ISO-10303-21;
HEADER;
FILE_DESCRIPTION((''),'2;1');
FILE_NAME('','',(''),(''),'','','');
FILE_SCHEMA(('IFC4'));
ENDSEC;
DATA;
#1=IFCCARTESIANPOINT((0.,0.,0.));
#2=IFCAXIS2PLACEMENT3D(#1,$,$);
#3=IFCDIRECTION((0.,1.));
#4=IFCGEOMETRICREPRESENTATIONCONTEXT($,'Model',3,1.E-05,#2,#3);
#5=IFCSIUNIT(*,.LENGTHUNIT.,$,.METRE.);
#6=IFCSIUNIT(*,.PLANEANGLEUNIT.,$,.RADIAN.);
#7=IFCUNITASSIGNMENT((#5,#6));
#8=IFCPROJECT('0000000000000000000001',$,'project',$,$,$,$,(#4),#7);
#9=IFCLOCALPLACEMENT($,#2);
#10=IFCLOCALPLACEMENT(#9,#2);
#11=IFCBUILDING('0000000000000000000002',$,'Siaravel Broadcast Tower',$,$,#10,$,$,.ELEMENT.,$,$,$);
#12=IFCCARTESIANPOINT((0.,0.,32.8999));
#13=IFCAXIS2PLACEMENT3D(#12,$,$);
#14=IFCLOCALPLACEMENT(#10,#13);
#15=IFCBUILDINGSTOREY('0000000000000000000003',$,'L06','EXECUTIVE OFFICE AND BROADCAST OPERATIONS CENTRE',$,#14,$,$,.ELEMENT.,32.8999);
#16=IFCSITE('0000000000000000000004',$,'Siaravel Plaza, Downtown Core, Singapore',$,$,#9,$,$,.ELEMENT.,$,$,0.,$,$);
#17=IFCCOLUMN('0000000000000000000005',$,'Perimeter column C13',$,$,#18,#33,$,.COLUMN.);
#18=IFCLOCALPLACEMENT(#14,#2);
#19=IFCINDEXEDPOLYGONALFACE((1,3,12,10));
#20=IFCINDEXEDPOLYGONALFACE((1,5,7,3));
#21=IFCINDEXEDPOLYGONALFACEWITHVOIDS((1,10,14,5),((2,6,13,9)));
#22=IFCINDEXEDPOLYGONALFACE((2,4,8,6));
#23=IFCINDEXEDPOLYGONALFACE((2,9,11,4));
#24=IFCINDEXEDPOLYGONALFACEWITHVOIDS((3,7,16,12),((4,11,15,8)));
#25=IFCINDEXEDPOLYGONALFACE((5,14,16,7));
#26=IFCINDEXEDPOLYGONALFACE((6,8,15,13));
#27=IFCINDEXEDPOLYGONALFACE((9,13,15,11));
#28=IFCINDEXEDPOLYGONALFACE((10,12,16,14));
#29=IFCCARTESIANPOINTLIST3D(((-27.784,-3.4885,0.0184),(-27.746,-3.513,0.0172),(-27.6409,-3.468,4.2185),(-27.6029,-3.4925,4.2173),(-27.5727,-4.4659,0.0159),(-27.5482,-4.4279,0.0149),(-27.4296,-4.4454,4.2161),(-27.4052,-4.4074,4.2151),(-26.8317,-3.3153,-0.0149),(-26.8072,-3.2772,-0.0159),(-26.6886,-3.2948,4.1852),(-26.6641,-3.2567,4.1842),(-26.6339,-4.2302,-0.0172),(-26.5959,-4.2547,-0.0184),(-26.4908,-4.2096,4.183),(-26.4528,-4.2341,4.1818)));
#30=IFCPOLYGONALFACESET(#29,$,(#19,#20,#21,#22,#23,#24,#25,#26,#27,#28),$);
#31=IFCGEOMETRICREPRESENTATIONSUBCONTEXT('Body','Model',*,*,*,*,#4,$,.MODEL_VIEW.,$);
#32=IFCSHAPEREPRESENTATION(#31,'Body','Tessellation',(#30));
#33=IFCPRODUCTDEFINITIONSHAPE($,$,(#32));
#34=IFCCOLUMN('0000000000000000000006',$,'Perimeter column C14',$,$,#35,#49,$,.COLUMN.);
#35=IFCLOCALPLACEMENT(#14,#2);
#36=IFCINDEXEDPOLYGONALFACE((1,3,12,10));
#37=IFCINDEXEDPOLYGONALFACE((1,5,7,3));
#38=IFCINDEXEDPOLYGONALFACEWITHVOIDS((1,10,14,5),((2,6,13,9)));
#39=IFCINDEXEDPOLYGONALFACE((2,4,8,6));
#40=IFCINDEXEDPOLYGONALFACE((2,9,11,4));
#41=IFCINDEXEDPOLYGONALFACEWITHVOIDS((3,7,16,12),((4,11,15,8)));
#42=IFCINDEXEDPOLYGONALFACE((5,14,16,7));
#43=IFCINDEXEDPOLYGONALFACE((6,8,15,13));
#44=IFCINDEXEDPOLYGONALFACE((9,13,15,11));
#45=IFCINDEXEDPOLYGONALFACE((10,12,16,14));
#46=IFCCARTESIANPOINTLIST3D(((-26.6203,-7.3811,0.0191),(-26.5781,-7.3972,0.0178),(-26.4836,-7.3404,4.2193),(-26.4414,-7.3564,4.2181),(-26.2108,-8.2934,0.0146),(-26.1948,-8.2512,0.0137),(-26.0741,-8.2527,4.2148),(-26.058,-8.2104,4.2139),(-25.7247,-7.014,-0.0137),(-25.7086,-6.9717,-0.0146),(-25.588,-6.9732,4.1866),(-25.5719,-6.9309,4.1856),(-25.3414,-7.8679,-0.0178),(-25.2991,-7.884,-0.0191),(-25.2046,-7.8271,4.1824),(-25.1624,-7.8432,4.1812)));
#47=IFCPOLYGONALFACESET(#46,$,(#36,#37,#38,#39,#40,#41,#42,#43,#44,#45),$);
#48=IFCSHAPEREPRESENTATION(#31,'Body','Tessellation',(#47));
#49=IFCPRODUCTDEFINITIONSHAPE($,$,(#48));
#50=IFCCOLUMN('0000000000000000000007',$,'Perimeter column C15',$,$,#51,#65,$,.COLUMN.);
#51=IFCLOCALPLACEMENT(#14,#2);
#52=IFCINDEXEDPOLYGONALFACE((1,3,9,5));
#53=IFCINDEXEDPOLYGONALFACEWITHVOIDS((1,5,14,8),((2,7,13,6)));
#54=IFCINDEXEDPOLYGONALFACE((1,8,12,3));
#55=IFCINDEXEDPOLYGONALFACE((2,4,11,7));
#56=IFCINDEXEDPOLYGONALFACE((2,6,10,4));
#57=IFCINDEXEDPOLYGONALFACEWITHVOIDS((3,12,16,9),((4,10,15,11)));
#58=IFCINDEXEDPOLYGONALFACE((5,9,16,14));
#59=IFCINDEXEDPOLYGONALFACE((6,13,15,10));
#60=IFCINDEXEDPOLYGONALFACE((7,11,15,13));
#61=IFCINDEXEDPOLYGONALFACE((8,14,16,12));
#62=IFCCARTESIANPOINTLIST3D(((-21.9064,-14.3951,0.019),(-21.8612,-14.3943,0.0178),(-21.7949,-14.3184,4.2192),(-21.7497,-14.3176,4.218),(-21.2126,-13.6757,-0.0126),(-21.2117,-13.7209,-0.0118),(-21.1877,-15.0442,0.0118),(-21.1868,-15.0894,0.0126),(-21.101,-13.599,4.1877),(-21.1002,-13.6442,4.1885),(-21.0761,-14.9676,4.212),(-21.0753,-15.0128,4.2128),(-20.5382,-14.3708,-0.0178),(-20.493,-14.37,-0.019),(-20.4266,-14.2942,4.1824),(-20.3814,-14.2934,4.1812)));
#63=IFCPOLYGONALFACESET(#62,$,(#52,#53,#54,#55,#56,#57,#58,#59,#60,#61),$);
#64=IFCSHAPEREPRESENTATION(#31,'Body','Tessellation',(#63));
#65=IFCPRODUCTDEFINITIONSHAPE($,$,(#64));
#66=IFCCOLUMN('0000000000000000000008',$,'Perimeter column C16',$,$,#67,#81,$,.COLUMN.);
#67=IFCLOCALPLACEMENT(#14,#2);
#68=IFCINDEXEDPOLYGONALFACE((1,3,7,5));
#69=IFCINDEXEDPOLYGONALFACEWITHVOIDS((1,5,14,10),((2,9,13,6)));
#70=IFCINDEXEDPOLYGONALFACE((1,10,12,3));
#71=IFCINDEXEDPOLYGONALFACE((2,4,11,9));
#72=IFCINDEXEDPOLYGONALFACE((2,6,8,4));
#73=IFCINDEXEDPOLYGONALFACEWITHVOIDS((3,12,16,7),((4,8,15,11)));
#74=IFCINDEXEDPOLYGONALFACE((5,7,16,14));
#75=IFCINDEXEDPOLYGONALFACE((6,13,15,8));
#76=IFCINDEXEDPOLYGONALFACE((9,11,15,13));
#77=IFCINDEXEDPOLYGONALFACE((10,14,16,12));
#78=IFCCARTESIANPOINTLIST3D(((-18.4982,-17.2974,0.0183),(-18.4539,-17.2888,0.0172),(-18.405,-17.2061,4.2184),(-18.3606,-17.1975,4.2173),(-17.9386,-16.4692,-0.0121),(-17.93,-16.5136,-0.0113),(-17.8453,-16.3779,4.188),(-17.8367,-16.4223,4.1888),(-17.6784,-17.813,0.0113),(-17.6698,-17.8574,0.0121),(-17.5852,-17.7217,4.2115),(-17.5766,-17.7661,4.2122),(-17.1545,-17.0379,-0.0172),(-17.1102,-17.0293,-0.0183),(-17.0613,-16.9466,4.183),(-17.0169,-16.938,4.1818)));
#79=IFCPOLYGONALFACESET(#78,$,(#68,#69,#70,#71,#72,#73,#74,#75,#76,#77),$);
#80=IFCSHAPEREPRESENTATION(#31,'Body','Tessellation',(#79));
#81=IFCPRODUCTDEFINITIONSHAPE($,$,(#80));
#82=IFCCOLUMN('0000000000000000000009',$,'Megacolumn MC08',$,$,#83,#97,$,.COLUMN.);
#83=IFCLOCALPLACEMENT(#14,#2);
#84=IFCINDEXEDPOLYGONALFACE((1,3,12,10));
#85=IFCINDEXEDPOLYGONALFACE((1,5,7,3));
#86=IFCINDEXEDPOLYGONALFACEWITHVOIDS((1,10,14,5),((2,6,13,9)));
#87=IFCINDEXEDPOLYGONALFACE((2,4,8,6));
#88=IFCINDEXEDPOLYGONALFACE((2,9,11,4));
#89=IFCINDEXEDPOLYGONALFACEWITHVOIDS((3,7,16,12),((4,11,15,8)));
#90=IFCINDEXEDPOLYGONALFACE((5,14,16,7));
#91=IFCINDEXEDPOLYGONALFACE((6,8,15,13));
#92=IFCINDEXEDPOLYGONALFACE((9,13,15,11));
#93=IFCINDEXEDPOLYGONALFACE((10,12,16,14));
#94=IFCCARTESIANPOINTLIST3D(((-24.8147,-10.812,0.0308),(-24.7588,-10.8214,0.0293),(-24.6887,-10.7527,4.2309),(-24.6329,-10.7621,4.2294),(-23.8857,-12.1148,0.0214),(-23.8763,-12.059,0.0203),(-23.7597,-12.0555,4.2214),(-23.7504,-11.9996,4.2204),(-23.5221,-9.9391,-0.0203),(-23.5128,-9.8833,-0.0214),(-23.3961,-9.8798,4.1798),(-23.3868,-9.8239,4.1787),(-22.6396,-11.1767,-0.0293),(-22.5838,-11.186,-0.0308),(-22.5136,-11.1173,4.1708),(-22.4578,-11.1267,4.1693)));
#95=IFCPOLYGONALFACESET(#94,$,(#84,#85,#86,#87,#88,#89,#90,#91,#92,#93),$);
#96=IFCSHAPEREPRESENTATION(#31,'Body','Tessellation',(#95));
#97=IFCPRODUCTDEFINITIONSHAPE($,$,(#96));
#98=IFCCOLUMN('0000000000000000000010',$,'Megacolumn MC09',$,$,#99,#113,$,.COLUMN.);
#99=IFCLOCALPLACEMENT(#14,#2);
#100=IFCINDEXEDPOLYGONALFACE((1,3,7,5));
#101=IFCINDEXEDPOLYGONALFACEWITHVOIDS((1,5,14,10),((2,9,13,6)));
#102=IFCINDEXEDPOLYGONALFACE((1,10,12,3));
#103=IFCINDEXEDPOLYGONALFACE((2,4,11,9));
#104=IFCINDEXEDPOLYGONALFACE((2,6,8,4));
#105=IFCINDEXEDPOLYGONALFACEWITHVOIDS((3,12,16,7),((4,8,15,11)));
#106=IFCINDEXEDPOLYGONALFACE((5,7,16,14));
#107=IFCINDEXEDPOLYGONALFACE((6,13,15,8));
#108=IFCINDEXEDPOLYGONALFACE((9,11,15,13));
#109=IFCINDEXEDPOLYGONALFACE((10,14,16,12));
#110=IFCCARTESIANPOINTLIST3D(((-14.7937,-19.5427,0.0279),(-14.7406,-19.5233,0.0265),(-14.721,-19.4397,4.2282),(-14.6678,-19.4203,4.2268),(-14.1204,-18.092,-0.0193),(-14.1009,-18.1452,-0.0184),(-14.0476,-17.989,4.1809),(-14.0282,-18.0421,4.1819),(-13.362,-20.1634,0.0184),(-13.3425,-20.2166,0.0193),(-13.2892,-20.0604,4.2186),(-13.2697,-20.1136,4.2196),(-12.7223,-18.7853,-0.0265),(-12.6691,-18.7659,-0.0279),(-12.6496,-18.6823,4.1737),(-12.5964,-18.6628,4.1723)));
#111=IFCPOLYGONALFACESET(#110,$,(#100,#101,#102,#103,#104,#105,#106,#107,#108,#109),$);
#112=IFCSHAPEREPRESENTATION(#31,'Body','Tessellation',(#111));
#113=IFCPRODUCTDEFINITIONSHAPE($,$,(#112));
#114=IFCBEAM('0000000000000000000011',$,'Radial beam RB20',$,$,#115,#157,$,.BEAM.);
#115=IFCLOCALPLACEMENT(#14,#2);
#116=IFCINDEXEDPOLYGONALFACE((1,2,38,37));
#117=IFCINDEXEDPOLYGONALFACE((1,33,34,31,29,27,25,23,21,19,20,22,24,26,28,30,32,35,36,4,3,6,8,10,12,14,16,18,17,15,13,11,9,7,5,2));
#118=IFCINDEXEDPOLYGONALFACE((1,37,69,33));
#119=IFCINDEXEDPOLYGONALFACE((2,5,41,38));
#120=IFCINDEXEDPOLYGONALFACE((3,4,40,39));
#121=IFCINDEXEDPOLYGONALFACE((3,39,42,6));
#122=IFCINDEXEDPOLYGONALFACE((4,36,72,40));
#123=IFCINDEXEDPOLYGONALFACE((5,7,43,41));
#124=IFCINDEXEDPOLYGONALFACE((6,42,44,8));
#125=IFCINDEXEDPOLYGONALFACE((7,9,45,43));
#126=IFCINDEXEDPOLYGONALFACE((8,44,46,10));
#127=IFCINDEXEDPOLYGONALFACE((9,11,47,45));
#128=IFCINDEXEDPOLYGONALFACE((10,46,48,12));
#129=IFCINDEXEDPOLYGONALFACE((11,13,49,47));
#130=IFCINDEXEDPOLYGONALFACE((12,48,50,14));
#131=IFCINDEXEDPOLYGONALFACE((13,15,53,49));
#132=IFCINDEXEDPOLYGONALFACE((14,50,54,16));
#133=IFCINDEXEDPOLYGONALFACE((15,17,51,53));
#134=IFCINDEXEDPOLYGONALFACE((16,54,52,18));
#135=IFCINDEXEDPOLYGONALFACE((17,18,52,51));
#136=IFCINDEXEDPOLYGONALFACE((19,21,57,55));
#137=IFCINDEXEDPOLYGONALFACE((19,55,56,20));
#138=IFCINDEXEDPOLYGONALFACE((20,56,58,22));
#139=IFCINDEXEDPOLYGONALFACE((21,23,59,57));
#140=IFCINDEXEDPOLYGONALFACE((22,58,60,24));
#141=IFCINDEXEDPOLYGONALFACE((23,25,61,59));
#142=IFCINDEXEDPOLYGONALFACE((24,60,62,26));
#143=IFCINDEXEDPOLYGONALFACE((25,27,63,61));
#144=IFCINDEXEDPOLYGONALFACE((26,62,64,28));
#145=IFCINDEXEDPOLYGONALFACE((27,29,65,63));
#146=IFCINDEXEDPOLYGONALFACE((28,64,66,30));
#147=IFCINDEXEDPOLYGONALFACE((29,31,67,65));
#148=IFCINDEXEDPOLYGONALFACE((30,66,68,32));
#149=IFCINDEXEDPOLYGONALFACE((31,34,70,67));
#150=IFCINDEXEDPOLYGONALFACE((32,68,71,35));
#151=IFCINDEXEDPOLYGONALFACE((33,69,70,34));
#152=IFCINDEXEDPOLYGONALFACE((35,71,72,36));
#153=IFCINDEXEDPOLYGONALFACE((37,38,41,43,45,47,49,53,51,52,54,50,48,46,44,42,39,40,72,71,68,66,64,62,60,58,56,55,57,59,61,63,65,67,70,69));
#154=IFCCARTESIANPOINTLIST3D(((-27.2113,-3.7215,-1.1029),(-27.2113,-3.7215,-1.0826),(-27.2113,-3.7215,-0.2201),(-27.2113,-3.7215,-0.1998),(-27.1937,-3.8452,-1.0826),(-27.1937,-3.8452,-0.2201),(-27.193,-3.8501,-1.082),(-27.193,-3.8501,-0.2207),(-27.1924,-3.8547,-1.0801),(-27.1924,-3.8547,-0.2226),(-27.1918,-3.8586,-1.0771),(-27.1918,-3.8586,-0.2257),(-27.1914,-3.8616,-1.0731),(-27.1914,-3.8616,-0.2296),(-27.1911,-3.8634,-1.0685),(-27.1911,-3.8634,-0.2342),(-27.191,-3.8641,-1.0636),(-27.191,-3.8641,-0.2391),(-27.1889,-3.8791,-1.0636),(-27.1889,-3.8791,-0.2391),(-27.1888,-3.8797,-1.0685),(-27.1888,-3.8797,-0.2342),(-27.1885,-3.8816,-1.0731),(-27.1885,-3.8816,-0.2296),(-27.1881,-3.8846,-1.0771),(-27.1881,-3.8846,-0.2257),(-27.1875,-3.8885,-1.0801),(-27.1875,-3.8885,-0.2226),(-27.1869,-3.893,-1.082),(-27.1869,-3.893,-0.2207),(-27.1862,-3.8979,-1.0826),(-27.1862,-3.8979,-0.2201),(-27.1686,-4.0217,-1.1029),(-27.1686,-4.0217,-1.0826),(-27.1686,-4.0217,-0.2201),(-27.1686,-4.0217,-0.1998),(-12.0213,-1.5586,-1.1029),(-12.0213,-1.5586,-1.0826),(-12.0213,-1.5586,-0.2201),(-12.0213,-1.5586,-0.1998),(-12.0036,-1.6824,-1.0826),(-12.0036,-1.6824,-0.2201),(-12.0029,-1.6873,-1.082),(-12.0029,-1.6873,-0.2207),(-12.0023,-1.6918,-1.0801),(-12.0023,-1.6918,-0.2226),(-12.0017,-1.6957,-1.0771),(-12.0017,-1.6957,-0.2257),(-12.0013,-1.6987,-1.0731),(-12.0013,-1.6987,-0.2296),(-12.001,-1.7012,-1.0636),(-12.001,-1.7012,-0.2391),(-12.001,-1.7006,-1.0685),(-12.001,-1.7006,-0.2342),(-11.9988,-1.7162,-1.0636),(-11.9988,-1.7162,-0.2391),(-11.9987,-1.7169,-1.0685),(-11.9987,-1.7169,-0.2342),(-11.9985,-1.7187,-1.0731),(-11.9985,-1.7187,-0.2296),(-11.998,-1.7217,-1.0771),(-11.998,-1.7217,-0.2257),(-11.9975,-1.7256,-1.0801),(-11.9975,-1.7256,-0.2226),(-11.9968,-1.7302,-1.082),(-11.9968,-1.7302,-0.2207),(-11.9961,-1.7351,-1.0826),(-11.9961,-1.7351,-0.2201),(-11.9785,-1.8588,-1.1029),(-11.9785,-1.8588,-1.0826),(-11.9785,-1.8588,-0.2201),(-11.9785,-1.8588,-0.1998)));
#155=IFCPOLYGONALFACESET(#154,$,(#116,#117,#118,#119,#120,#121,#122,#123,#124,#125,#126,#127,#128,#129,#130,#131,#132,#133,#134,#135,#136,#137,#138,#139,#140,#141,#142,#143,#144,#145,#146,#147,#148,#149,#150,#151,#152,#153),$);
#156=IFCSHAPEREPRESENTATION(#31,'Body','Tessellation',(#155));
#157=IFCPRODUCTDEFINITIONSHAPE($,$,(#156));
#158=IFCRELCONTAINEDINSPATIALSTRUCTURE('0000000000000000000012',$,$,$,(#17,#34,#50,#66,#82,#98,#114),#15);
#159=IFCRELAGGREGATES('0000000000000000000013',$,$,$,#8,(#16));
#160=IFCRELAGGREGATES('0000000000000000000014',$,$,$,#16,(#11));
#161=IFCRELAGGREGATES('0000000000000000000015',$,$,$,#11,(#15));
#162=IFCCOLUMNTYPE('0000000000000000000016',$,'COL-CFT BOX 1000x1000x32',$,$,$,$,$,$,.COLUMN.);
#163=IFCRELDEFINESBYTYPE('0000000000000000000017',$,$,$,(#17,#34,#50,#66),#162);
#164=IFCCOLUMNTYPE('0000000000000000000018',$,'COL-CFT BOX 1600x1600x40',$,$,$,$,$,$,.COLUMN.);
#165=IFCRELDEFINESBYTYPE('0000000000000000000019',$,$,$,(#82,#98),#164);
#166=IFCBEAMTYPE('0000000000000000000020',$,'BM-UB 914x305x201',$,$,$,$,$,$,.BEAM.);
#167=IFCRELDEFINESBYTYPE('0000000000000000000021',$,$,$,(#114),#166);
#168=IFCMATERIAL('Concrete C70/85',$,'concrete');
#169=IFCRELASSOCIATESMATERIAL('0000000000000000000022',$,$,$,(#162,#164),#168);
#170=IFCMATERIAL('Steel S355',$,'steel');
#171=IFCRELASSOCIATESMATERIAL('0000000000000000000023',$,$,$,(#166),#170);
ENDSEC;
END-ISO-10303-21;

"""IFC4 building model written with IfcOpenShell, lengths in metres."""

from ifc_helpers import new_model, si_unit, direction, frame, origin, origin_2d, place, context, subcontext, project, spatial, hollow_rectangle, i_section, extrude, material, material_profile, profile_set, type_object, element, save


model = new_model("IFC4")

# Units and contexts
model_context = context("Model", 3, precision=1e-05, world=origin(), true_north=direction((0.0, 1.0)))
body_context = subcontext(model_context, "Body", "Model", "MODEL_VIEW")
ifc_project = project(units=[si_unit("LENGTHUNIT", "METRE"), si_unit("PLANEANGLEUNIT", "RADIAN")], contexts=[model_context])

# Site, building, storey
site_placement = place(None, origin())
site = spatial("IfcSite", under=ifc_project, at=site_placement, Name="Siaravel Plaza, Downtown Core, Singapore", CompositionType="ELEMENT", RefElevation=0.0)
building_placement = place(site_placement, origin())
building = spatial("IfcBuilding", under=site, at=building_placement, Name="Siaravel Broadcast Tower", CompositionType="ELEMENT")
storey_placement = place(building_placement, frame((0.0, 0.0, 32.8999)))
storey = spatial("IfcBuildingStorey", under=building, at=storey_placement, Name="L06", Description="EXECUTIVE OFFICE AND BROADCAST OPERATIONS CENTRE", CompositionType="ELEMENT", Elevation=32.8999)

# Columns
ifc_material_1 = material(Name="Concrete C70/85", Category="concrete")
ifc_material_profile_1 = material_profile(ifc_material_1, hollow_rectangle(XDim=1.0, YDim=1.0, WallThickness=0.032, at=origin_2d()))
ifc_profile_set_1 = profile_set([ifc_material_profile_1], Name="Concrete C70/85")
column_type_1 = type_object("IfcColumnType", Name="COL-CFT BOX 1000x1000x32", PredefinedType="COLUMN", material=ifc_profile_set_1)
for number, where, z_axis, x_axis, name in (
    (1, (-27.1899, -3.8716, 0.0), (0.034042, 0.00488, 0.999409), (-0.211309, 0.977416, 0.002425), "Perimeter column C13"),
    (2, (-25.9597, -7.6326, 0.0), (0.032532, 0.009701, 0.999424), (-0.409521, 0.91229, 0.004475), "Perimeter column C14"),
):
    element("IfcColumn", number, at=place(storey_placement, frame(where, z_axis=z_axis, x_axis=x_axis)), inside=storey, type_object=column_type_1, Name=name, PredefinedType="COLUMN", context=body_context, shape_type="SweptSolid", body=[
        extrude(hollow_rectangle(XDim=1.0, YDim=1.0, WallThickness=0.032, at=origin_2d()), origin(), (0.0, 0.0, 1.0), 4.2026),
    ])
column_1_placement = place(storey_placement, frame((-21.1997, -14.3826, 0.0), z_axis=(0.02655, 0.018242, 0.999481), x_axis=(-0.7196, 0.694359, 0.006442)))
element("IfcColumn", 3, at=column_1_placement, inside=storey, type_object=column_type_1, Name="Perimeter column C15", PredefinedType="COLUMN", context=body_context, shape_type="SweptSolid", body=[
    extrude(hollow_rectangle(XDim=1.0, YDim=1.0, WallThickness=0.032, at=origin_2d()), origin(), (0.0, 0.0, 1.0), 4.2024),
])
column_2_placement = place(storey_placement, frame((-17.8042, -17.1633, 0.0), z_axis=(0.022193, 0.021729, 0.999518), x_axis=(-0.828409, 0.560089, 0.006218)))
element("IfcColumn", 4, at=column_2_placement, inside=storey, type_object=column_type_1, Name="Perimeter column C16", PredefinedType="COLUMN", context=body_context, shape_type="SweptSolid", body=[
    extrude(hollow_rectangle(XDim=1.0, YDim=1.0, WallThickness=0.032, at=origin_2d()), origin(), (0.0, 0.0, 1.0), 4.2021),
])
ifc_material_profile_2 = material_profile(ifc_material_1, hollow_rectangle(XDim=1.6001, YDim=1.6001, WallThickness=0.04, at=origin_2d()))
ifc_profile_set_2 = profile_set([ifc_material_profile_2], Name="Concrete C70/85")
column_type_2 = type_object("IfcColumnType", Name="COL-CFT BOX 1600x1600x40", PredefinedType="COLUMN", material=ifc_profile_set_2)
column_3_placement = place(storey_placement, frame((-23.6992, -10.999, 0.0), z_axis=(0.029977, 0.014117, 0.999451), x_axis=(-0.580588, 0.814176, 0.005914)))
element("IfcColumn", 5, at=column_3_placement, inside=storey, type_object=column_type_2, Name="Megacolumn MC08", PredefinedType="COLUMN", context=body_context, shape_type="SweptSolid", body=[
    extrude(hollow_rectangle(XDim=1.6001, YDim=1.6001, WallThickness=0.04, at=origin_2d()), origin(), (0.0, 0.0, 1.0), 4.2024),
])
column_4_placement = place(storey_placement, frame((-13.7314, -19.1543, 0.0), z_axis=(0.017314, 0.024518, 0.999549), x_axis=(-0.906981, 0.421137, 0.00538)))
element("IfcColumn", 6, at=column_4_placement, inside=storey, type_object=column_type_2, Name="Megacolumn MC09", PredefinedType="COLUMN", context=body_context, shape_type="SweptSolid", body=[
    extrude(hollow_rectangle(XDim=1.6001, YDim=1.6001, WallThickness=0.04, at=origin_2d()), origin(), (0.0, 0.0, 1.0), 4.2021),
])

# Beam
ifc_material_2 = material(Name="Steel S355", Category="steel")
ifc_material_profile_3 = material_profile(ifc_material_2, i_section(OverallWidth=0.3032, OverallDepth=0.9031, WebThickness=0.0151, FlangeThickness=0.0203, FilletRadius=0.019, at=origin_2d()))
ifc_profile_set_3 = profile_set([ifc_material_profile_3], Name="Steel S355")
beam_type = type_object("IfcBeamType", Name="BM-UB 914x305x201", PredefinedType="BEAM", material=ifc_profile_set_3)
beam_1_placement = place(storey_placement, frame((-27.1899, -3.8716, -0.6514), z_axis=(0.990015, 0.140965, 0.0), x_axis=(-0.140965, 0.990015, 0.0)))
element("IfcBeam", 7, at=beam_1_placement, inside=storey, type_object=beam_type, Name="Radial beam RB20", PredefinedType="BEAM", context=body_context, shape_type="SweptSolid", body=[
    extrude(i_section(OverallWidth=0.3032, OverallDepth=0.9031, WebThickness=0.0151, FlangeThickness=0.0203, FilletRadius=0.019, at=origin_2d()), origin(), (0.0, 0.0, 1.0), 15.3433),
])

save(model, "model.ifc")
